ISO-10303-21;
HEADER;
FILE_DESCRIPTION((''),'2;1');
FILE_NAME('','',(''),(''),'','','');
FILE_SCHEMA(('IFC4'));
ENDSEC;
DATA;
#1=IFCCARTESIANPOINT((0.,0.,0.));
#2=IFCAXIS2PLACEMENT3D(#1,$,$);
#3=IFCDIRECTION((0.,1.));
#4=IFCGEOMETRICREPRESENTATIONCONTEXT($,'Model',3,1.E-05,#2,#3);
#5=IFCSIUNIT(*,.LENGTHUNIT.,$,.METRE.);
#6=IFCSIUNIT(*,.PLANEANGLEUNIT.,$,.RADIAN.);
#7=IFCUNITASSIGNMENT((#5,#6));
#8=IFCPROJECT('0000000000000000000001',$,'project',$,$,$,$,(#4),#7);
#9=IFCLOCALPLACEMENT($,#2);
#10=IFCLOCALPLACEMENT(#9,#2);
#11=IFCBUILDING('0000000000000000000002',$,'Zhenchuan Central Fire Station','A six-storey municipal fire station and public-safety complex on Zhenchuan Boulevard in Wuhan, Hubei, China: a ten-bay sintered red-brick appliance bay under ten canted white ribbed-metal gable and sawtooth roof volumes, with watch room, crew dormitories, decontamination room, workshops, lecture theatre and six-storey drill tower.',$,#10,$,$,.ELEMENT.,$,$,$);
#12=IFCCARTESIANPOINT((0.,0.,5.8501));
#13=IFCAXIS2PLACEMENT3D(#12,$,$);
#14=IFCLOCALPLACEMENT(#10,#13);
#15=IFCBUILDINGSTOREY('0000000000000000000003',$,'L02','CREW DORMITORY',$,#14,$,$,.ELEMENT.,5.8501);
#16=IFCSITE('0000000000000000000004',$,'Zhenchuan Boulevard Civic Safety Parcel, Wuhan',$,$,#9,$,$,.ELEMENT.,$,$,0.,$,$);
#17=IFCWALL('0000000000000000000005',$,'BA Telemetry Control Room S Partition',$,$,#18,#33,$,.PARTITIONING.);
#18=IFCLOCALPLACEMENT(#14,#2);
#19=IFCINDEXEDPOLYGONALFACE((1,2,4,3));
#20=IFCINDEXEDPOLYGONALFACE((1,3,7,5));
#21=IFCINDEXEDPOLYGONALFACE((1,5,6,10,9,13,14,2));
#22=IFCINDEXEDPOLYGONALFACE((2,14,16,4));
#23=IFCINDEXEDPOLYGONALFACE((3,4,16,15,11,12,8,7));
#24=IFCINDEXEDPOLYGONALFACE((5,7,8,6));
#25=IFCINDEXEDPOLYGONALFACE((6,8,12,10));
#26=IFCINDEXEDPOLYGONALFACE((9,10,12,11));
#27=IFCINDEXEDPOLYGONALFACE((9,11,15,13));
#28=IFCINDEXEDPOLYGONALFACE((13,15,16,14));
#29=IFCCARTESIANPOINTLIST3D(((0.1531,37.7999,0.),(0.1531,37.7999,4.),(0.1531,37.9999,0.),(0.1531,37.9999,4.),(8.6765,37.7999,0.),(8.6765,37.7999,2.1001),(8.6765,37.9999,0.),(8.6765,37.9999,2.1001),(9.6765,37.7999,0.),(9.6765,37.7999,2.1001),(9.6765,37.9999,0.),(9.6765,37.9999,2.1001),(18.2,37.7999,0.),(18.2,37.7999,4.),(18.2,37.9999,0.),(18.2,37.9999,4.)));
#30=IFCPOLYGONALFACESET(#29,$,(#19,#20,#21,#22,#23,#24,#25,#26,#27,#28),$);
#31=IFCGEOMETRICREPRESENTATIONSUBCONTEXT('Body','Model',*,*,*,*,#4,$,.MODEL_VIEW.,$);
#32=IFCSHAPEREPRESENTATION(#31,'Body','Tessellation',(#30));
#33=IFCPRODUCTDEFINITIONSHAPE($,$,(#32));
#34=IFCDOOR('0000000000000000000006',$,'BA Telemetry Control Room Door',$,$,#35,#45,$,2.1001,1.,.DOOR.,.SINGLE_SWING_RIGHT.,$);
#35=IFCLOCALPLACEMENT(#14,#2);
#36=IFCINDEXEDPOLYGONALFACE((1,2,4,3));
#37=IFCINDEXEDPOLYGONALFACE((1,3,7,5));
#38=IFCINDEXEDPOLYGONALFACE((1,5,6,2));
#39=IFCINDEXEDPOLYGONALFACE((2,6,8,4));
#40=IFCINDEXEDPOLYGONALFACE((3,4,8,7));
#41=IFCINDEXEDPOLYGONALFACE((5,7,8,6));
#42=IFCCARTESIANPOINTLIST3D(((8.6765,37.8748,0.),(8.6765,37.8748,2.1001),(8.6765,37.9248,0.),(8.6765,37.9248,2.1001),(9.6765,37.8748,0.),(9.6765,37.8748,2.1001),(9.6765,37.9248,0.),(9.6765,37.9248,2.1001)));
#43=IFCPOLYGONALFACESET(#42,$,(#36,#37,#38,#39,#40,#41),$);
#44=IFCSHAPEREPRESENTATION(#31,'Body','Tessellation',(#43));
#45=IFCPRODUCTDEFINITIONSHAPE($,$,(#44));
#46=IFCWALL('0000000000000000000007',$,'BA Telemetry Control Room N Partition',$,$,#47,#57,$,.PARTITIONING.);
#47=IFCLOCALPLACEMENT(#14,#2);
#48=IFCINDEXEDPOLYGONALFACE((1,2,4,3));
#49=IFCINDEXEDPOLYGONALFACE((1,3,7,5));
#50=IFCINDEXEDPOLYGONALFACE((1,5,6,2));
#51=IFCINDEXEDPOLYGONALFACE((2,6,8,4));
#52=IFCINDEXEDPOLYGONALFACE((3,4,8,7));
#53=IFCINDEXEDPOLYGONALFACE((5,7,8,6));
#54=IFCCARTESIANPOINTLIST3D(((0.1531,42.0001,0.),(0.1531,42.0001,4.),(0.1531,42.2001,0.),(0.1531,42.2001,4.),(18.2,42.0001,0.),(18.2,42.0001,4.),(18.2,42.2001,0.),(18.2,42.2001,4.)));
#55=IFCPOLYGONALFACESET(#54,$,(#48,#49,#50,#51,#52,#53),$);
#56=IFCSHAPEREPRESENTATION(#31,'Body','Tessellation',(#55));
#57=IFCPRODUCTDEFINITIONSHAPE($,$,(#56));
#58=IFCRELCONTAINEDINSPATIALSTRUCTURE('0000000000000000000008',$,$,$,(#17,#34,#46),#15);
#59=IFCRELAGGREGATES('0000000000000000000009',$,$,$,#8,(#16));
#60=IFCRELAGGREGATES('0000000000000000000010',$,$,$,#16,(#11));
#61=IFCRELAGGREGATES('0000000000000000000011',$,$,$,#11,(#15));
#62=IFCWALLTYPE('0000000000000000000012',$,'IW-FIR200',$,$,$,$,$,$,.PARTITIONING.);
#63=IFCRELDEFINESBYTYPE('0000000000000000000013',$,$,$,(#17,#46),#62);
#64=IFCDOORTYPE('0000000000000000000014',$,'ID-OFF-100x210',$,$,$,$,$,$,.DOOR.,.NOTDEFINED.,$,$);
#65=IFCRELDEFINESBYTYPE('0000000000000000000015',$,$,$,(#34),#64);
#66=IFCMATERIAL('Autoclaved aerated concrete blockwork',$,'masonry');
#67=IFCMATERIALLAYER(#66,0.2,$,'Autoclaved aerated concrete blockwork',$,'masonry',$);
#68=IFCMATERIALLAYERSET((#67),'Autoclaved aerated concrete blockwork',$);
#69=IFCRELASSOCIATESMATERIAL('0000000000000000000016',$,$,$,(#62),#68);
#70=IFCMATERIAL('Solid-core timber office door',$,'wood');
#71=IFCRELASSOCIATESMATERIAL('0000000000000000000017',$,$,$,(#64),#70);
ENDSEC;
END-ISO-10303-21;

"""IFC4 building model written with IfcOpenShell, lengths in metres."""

from ifc_helpers import new_model, si_unit, direction, frame, frame_2d, origin, place, context, subcontext, project, spatial, rectangle, extrude, material, layer, layer_set, type_object, element, fill, save


model = new_model("IFC4")

# Units and contexts
model_context = context("Model", 3, precision=1e-05, world=origin(), true_north=direction((0.0, 1.0)))
body_context = subcontext(model_context, "Body", "Model", "MODEL_VIEW")
ifc_project = project(units=[si_unit("LENGTHUNIT", "METRE"), si_unit("PLANEANGLEUNIT", "RADIAN")], contexts=[model_context])

# Site, building, storey
site_placement = place(None, origin())
site = spatial("IfcSite", under=ifc_project, at=site_placement, Name="Zhenchuan Boulevard Civic Safety Parcel, Wuhan", CompositionType="ELEMENT", RefElevation=0.0)
building_placement = place(site_placement, origin())
building = spatial("IfcBuilding", under=site, at=building_placement, Name="Zhenchuan Central Fire Station", Description="A six-storey municipal fire station and public-safety complex on Zhenchuan Boulevard in Wuhan, Hubei, China: a ten-bay sintered red-brick appliance bay under ten canted white ribbed-metal gable and sawtooth roof volumes, with watch room, crew dormitories, decontamination room, workshops, lecture theatre and six-storey drill tower.", CompositionType="ELEMENT")
storey_placement = place(building_placement, frame((0.0, 0.0, 5.8501)))
storey = spatial("IfcBuildingStorey", under=building, at=storey_placement, Name="L02", Description="CREW DORMITORY", CompositionType="ELEMENT", Elevation=5.8501)

# Shared definitions
ifc_material_1 = material(Name="Autoclaved aerated concrete blockwork", Category="masonry")
ifc_layer = layer(ifc_material_1, 0.2, Name="Autoclaved aerated concrete blockwork", Category="masonry")
ifc_layer_set = layer_set([ifc_layer], Name="Autoclaved aerated concrete blockwork")
wall_type = type_object("IfcWallType", Name="IW-FIR200", PredefinedType="PARTITIONING", material=ifc_layer_set)

# Wall, opening, door
wall_1_placement = place(storey_placement, frame((0.1531, 37.8999, 0.0), z_axis=(0.0, 0.0, 1.0), x_axis=(1.0, 0.0, 0.0)))
wall_1 = element("IfcWall", 1, at=wall_1_placement, inside=storey, type_object=wall_type, Name="BA Telemetry Control Room S Partition", PredefinedType="PARTITIONING", context=body_context, shape_type="SweptSolid", body=[
    extrude(rectangle(XDim=18.0469, YDim=0.2, at=frame_2d((9.0234, 0.0))), origin(), (0.0, 0.0, 1.0), 4.0),
])
opening_placement = place(wall_1_placement, frame((8.5234, 0.0, 0.0)))
opening = element("IfcOpeningElement", 2, at=opening_placement, cuts=wall_1, PredefinedType="OPENING", context=body_context, shape_type="SweptSolid", body=[
    extrude(rectangle(XDim=1.0, YDim=2.1001, at=frame_2d((0.5, 1.05))), frame((0.0, 0.1099, 0.0), z_axis=(0.0, -1.0, 0.0), x_axis=(1.0, 0.0, 0.0)), (0.0, 0.0, 1.0), 0.22),
])
ifc_material_2 = material(Name="Solid-core timber office door", Category="wood")
door_type = type_object("IfcDoorType", Name="ID-OFF-100x210", OperationType="NOTDEFINED", PredefinedType="DOOR", material=ifc_material_2)
door_placement = place(opening_placement, origin())
door = element("IfcDoor", 3, at=door_placement, inside=storey, type_object=door_type, Name="BA Telemetry Control Room Door", OperationType="SINGLE_SWING_RIGHT", OverallHeight=2.1001, OverallWidth=1.0, PredefinedType="DOOR", context=body_context, shape_type="SweptSolid", body=[
    extrude(rectangle(XDim=1.0, YDim=2.1001, at=frame_2d((0.5, 1.05))), frame((0.0, 0.0249, 0.0), z_axis=(0.0, -1.0, 0.0), x_axis=(1.0, 0.0, 0.0)), (0.0, 0.0, 1.0), 0.05),
])
fill(opening, door)

# Wall
wall_2_placement = place(storey_placement, frame((0.1531, 42.1001, 0.0), z_axis=(0.0, 0.0, 1.0), x_axis=(1.0, 0.0, 0.0)))
element("IfcWall", 4, at=wall_2_placement, inside=storey, type_object=wall_type, Name="BA Telemetry Control Room N Partition", PredefinedType="PARTITIONING", context=body_context, shape_type="SweptSolid", body=[
    extrude(rectangle(XDim=18.0469, YDim=0.2, at=frame_2d((9.0234, 0.0))), origin(), (0.0, 0.0, 1.0), 4.0),
])

save(model, "model.ifc")
